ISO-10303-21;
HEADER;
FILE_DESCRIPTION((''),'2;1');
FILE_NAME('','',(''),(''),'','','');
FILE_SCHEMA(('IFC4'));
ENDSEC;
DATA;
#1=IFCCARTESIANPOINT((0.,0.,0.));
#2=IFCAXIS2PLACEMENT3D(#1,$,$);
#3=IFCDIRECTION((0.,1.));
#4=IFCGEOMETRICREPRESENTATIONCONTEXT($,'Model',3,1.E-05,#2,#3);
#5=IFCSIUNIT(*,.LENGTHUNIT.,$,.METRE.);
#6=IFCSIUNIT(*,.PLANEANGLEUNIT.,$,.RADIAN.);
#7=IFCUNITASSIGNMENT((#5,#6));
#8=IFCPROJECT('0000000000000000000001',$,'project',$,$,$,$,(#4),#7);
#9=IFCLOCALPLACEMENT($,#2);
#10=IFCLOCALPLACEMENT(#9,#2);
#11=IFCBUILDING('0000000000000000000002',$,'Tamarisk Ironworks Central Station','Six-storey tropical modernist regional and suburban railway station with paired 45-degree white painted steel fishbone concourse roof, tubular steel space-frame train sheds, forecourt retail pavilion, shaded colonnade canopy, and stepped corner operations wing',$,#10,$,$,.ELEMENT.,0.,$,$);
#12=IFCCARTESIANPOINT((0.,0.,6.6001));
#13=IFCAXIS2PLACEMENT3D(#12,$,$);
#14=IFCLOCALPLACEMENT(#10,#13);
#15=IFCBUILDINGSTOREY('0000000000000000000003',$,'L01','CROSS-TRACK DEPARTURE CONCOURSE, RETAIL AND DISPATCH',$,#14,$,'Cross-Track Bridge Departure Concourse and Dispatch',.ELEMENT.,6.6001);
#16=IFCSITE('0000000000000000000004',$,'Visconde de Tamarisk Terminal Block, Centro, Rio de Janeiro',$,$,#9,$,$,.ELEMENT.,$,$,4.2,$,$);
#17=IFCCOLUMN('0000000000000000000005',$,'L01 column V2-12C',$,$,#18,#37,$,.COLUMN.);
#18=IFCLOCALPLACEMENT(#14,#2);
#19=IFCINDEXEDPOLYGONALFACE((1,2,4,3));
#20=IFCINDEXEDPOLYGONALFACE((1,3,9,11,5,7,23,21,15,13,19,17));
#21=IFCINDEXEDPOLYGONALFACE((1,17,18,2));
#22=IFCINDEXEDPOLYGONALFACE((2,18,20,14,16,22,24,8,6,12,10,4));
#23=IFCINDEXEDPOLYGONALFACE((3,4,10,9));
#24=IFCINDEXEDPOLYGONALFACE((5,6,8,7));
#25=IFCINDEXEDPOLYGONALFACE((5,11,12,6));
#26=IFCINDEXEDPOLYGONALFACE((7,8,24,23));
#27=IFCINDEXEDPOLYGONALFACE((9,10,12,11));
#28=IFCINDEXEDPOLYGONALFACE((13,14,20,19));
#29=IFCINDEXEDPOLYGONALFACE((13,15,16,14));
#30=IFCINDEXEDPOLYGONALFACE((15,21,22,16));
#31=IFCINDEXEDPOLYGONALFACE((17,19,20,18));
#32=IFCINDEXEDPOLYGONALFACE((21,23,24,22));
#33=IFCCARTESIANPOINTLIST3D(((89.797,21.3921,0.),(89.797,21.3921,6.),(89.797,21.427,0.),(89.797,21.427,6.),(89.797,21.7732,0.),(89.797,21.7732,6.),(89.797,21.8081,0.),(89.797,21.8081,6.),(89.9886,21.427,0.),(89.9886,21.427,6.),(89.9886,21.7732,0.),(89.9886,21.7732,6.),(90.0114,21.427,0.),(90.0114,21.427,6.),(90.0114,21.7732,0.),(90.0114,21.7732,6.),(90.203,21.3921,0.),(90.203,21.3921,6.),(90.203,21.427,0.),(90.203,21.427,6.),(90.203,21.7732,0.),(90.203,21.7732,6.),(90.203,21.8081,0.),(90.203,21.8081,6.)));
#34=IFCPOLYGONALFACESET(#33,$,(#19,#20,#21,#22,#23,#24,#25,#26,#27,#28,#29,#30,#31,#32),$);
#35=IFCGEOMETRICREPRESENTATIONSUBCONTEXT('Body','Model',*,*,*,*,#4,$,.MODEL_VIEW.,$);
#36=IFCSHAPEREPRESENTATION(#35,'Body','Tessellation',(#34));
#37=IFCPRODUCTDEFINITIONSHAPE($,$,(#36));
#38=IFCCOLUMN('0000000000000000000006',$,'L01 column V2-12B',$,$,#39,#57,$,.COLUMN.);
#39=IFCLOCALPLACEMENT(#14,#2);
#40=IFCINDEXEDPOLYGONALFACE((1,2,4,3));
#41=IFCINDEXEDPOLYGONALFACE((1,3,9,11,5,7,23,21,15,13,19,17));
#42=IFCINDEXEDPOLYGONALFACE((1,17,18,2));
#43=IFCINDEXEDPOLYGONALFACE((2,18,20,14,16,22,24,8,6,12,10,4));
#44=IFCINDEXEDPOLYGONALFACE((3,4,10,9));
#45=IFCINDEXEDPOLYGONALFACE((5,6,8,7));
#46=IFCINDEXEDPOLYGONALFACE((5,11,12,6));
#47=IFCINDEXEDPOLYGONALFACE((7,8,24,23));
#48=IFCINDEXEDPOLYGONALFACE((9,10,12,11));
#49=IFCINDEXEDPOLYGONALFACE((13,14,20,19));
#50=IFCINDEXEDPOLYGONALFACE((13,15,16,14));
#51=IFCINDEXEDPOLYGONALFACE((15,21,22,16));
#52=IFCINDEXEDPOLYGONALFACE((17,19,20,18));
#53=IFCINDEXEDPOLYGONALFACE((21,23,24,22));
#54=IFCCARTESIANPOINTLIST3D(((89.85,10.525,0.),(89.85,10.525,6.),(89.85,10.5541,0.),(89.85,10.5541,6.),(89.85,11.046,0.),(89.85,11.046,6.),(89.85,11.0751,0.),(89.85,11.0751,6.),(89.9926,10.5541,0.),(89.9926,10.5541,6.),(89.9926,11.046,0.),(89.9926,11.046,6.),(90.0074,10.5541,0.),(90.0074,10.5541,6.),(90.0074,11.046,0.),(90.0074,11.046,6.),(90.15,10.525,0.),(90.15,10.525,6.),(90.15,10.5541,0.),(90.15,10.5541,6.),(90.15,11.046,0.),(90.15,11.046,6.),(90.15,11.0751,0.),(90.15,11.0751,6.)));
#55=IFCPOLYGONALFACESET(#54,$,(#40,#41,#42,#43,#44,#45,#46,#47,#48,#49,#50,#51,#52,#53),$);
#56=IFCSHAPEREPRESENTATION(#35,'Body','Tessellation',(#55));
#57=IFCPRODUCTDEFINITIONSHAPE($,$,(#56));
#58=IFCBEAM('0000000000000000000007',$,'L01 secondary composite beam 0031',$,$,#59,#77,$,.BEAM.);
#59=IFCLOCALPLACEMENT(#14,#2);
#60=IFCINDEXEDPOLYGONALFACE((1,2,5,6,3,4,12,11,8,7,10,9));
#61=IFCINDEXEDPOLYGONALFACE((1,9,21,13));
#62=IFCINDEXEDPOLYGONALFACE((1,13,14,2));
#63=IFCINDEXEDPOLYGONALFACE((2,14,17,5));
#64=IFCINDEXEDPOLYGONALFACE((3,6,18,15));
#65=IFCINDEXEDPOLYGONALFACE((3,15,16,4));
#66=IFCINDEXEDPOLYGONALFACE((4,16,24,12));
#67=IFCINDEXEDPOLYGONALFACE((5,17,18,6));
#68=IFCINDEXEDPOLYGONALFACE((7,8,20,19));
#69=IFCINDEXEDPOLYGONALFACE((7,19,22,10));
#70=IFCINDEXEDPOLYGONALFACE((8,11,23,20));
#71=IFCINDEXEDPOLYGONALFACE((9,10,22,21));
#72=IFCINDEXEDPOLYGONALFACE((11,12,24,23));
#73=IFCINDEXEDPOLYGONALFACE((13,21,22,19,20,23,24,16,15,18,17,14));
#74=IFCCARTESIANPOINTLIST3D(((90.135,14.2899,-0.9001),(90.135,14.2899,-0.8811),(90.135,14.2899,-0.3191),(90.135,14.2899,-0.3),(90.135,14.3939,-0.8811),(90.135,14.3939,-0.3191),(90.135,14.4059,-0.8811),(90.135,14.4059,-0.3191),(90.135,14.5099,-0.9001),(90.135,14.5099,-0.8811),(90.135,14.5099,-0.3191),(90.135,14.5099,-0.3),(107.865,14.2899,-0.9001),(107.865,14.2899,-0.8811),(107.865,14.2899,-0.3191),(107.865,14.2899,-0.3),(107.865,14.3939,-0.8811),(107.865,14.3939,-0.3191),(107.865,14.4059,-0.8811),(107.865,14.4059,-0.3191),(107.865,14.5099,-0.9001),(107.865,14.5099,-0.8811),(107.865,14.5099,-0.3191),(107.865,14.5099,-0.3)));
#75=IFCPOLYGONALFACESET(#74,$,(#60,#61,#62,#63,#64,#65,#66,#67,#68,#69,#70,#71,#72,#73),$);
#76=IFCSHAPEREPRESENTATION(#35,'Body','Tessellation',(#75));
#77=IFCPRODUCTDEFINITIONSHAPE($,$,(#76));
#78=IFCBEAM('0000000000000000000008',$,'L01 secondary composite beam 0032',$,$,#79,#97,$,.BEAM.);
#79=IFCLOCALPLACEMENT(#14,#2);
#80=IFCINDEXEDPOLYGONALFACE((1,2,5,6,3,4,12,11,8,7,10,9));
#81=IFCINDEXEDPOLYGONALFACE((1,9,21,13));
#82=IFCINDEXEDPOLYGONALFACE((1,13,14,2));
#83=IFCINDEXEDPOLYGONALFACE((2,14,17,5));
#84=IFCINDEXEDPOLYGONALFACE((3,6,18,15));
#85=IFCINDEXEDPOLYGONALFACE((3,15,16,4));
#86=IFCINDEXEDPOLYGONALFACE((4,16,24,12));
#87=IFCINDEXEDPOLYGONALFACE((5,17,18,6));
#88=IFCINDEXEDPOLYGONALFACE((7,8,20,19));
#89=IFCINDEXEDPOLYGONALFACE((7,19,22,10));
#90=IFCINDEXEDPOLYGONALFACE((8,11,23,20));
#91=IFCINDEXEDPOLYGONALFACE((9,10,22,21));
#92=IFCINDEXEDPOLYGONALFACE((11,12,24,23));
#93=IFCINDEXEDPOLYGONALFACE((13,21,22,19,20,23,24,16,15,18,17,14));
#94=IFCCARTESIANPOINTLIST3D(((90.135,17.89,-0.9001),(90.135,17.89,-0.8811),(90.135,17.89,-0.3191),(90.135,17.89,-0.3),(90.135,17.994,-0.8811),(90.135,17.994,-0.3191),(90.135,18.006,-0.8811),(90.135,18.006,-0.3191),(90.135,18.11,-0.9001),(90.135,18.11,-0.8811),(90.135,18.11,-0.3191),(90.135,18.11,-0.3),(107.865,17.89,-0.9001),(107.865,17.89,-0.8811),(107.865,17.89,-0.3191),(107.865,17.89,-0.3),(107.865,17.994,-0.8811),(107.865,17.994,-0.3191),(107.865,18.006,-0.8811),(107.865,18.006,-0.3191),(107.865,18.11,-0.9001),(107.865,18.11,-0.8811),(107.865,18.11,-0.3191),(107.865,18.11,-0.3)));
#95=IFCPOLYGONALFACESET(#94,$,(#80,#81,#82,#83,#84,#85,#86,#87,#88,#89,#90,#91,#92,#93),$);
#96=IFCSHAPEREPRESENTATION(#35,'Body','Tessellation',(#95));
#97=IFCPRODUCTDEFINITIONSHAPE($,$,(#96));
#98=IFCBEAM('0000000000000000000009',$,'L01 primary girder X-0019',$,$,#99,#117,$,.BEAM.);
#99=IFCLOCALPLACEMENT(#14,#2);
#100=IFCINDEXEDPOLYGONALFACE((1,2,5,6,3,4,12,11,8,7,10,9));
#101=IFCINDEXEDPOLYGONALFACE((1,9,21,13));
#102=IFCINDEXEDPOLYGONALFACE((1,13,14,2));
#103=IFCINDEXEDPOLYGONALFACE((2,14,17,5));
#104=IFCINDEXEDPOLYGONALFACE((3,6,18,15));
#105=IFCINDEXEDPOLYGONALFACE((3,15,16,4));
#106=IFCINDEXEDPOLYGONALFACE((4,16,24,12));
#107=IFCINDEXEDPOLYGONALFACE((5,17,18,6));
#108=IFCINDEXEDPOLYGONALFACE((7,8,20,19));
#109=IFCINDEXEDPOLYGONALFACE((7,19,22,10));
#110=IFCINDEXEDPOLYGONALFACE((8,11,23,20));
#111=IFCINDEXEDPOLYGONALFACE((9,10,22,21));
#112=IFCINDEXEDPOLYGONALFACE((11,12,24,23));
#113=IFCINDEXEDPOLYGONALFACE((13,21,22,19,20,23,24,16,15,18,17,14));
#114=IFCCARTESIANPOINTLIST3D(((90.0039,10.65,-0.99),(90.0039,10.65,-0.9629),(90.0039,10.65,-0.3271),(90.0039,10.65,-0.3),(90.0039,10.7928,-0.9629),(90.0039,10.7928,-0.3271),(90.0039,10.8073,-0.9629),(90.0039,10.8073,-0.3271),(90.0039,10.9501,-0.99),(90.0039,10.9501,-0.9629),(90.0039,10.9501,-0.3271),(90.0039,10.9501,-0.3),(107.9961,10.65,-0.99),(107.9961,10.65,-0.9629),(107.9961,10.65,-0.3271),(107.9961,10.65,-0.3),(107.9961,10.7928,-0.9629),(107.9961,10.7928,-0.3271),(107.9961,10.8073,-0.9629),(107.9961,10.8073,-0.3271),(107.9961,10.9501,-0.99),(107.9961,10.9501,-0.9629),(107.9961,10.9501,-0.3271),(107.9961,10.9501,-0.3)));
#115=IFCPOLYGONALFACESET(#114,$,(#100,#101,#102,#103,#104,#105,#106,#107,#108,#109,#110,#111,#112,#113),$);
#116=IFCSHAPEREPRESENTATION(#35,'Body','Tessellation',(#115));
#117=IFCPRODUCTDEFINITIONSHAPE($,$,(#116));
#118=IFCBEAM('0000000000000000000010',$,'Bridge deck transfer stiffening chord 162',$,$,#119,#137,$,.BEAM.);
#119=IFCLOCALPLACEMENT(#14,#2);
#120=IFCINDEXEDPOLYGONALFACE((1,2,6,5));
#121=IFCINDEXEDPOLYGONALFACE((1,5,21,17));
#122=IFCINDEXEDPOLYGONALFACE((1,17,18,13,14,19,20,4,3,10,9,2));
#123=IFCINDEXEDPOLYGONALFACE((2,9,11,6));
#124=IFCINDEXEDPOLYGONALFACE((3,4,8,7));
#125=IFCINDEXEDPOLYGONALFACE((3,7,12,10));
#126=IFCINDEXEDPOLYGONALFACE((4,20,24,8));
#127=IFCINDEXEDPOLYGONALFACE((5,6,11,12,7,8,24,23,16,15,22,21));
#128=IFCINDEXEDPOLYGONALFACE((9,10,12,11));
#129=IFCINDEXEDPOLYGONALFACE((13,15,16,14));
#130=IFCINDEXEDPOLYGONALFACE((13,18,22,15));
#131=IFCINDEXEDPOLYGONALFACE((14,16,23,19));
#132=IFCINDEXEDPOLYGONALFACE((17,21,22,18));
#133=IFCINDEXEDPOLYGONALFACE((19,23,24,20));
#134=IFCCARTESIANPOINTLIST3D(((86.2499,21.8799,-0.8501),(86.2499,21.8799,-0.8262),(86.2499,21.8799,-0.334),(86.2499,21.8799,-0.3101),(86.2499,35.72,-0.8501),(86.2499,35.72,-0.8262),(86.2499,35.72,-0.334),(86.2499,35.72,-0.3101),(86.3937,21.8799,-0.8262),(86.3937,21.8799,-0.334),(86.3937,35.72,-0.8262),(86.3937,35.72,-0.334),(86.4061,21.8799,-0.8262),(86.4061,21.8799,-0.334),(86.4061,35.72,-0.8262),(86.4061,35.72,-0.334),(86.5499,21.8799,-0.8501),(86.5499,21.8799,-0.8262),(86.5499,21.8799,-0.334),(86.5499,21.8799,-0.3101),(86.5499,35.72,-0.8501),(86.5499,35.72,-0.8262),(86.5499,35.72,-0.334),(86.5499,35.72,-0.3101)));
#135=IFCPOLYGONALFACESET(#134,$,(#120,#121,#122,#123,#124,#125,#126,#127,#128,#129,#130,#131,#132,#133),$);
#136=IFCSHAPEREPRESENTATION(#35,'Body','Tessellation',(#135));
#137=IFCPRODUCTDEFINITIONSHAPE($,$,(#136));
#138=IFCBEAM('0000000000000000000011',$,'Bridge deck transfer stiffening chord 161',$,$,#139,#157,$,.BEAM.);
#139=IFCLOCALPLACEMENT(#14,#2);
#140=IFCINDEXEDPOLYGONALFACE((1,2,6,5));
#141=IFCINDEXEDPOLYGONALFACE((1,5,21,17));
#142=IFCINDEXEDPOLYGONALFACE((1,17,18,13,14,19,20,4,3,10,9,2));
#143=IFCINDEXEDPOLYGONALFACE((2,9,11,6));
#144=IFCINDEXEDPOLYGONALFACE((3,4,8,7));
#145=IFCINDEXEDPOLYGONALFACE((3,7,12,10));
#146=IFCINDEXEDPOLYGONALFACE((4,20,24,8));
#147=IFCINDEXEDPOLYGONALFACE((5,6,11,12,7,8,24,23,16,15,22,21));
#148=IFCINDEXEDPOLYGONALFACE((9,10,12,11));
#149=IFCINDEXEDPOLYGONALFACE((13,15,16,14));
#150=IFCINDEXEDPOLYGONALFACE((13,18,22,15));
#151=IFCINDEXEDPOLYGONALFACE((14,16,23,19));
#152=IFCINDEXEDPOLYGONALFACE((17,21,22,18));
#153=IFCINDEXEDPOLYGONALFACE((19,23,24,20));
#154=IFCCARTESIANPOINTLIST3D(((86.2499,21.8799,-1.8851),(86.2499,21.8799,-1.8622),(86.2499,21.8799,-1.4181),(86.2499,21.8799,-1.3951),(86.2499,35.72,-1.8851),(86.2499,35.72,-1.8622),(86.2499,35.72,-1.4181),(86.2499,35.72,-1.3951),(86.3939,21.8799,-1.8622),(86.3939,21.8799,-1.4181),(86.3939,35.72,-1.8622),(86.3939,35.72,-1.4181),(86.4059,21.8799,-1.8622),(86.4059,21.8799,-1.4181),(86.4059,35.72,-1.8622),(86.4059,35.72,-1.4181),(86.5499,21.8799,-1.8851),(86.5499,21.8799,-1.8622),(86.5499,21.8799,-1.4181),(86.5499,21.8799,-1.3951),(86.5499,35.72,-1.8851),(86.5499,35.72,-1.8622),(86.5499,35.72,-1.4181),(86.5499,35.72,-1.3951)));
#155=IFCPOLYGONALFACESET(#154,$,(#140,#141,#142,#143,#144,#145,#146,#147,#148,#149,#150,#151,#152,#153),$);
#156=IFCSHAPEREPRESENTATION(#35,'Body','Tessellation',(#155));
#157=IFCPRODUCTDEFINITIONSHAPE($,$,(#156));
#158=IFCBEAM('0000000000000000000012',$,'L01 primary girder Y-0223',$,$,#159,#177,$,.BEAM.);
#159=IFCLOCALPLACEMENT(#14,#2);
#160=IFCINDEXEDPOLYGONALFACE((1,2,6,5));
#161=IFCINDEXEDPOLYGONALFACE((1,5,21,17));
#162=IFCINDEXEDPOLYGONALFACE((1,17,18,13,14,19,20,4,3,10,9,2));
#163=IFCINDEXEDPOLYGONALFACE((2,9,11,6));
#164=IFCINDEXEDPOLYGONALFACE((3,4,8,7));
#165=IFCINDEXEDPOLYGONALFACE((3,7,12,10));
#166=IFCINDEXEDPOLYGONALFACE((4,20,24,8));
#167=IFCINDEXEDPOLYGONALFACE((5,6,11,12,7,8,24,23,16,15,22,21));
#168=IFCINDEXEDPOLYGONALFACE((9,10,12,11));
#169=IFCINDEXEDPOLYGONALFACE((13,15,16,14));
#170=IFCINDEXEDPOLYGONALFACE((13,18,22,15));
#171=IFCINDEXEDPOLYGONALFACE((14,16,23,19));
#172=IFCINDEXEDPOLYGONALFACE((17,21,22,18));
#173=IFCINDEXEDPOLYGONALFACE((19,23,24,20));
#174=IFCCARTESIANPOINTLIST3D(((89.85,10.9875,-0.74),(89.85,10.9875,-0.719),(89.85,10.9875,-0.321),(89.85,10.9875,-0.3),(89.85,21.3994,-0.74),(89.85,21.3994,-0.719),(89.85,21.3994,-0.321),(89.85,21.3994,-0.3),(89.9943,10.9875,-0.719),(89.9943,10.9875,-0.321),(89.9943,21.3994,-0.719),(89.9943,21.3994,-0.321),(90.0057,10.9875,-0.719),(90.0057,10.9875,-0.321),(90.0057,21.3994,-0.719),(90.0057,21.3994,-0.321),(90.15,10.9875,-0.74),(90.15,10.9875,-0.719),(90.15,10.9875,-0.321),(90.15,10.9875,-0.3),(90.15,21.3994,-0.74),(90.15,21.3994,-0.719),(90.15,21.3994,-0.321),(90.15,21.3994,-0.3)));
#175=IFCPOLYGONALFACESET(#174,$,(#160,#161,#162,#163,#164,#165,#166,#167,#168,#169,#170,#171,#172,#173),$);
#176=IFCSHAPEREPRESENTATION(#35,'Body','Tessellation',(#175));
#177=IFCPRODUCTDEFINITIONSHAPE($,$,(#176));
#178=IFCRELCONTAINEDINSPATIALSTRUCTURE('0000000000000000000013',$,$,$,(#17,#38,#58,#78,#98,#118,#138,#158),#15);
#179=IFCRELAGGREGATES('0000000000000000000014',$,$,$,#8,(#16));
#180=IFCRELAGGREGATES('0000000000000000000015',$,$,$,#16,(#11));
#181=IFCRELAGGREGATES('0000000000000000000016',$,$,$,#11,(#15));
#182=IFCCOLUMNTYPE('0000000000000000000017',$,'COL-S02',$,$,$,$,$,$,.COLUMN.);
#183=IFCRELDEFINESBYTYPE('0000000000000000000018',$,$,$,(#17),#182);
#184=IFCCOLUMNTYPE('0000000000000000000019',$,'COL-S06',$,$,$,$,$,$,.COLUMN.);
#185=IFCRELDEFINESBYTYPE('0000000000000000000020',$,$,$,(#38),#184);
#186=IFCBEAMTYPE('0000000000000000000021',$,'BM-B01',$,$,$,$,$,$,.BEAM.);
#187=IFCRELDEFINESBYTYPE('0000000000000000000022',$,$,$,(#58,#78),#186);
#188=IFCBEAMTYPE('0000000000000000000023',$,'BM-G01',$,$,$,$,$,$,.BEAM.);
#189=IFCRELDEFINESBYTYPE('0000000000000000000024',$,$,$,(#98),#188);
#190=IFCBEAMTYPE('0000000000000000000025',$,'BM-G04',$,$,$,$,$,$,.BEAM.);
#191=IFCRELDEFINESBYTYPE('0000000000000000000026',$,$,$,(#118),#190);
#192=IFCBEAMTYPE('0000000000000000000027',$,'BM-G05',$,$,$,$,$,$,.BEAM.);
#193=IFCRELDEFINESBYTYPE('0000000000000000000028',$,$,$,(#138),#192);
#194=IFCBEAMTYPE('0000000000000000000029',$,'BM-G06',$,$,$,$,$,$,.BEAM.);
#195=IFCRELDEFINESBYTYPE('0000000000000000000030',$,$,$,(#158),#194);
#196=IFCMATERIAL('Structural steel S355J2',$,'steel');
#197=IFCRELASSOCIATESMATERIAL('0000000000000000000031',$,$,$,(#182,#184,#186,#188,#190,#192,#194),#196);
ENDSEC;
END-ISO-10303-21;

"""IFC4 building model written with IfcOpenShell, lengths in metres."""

from ifc_helpers import new_model, si_unit, direction, frame, origin, origin_2d, place, context, subcontext, project, spatial, i_section, extrude, material, material_profile, profile_set, type_object, element, save


model = new_model("IFC4")

# Units and contexts
model_context = context("Model", 3, precision=1e-05, world=origin(), true_north=direction((0.0, 1.0)))
body_context = subcontext(model_context, "Body", "Model", "MODEL_VIEW")
ifc_project = project(units=[si_unit("LENGTHUNIT", "METRE"), si_unit("PLANEANGLEUNIT", "RADIAN")], contexts=[model_context])

# Site, building, storey
site_placement = place(None, origin())
site = spatial("IfcSite", under=ifc_project, at=site_placement, Name="Visconde de Tamarisk Terminal Block, Centro, Rio de Janeiro", CompositionType="ELEMENT", RefElevation=4.2)
building_placement = place(site_placement, origin())
building = spatial("IfcBuilding", under=site, at=building_placement, Name="Tamarisk Ironworks Central Station", Description="Six-storey tropical modernist regional and suburban railway station with paired 45-degree white painted steel fishbone concourse roof, tubular steel space-frame train sheds, forecourt retail pavilion, shaded colonnade canopy, and stepped corner operations wing", CompositionType="ELEMENT", ElevationOfRefHeight=0.0)
storey_placement = place(building_placement, frame((0.0, 0.0, 6.6001)))
storey = spatial("IfcBuildingStorey", under=building, at=storey_placement, Name="L01", Description="CROSS-TRACK DEPARTURE CONCOURSE, RETAIL AND DISPATCH", LongName="Cross-Track Bridge Departure Concourse and Dispatch", CompositionType="ELEMENT", Elevation=6.6001)

# Columns
ifc_material_1 = material(Name="Structural steel S355J2", Category="steel")
ifc_material_profile_1 = material_profile(ifc_material_1, i_section(OverallWidth=0.406, OverallDepth=0.416, WebThickness=0.0227, FlangeThickness=0.0349, at=origin_2d()), Name="HD 400x382")
ifc_profile_set_1 = profile_set([ifc_material_profile_1], Name="Structural steel S355J2")
column_type_1 = type_object("IfcColumnType", Name="COL-S02", PredefinedType="COLUMN", material=ifc_profile_set_1)
column_1_placement = place(storey_placement, frame((90.0, 21.6001, 0.0), z_axis=(0.0, 0.0, 1.0), x_axis=(1.0, 0.0, 0.0)))
element("IfcColumn", 1, at=column_1_placement, inside=storey, type_object=column_type_1, Name="L01 column V2-12C", PredefinedType="COLUMN", context=body_context, shape_type="SweptSolid", body=[
    extrude(i_section(OverallWidth=0.406, OverallDepth=0.416, WebThickness=0.0227, FlangeThickness=0.0349, at=origin_2d()), origin(), (0.0, 0.0, 1.0), 6.0),
])
ifc_material_profile_2 = material_profile(ifc_material_1, i_section(OverallWidth=0.3, OverallDepth=0.55, WebThickness=0.0149, FlangeThickness=0.0291, at=origin_2d()), Name="HEB 550")
ifc_profile_set_2 = profile_set([ifc_material_profile_2], Name="Structural steel S355J2")
column_type_2 = type_object("IfcColumnType", Name="COL-S06", PredefinedType="COLUMN", material=ifc_profile_set_2)
column_2_placement = place(storey_placement, frame((90.0, 10.8, 0.0), z_axis=(0.0, 0.0, 1.0), x_axis=(1.0, 0.0, 0.0)))
element("IfcColumn", 2, at=column_2_placement, inside=storey, type_object=column_type_2, Name="L01 column V2-12B", PredefinedType="COLUMN", context=body_context, shape_type="SweptSolid", body=[
    extrude(i_section(OverallWidth=0.3, OverallDepth=0.55, WebThickness=0.0149, FlangeThickness=0.0291, at=origin_2d()), origin(), (0.0, 0.0, 1.0), 6.0),
])

# Beams
ifc_material_profile_3 = material_profile(ifc_material_1, i_section(OverallWidth=0.22, OverallDepth=0.6001, WebThickness=0.012, FlangeThickness=0.019, at=origin_2d()), Name="IPE 600")
ifc_profile_set_3 = profile_set([ifc_material_profile_3], Name="Structural steel S355J2")
beam_type_1 = type_object("IfcBeamType", Name="BM-B01", PredefinedType="BEAM", material=ifc_profile_set_3)
for number, where, z_axis, x_axis, name in (
    (3, (90.135, 14.3999, -0.6001), (1.0, 0.0, 0.0), (0.0, 1.0, 0.0), "L01 secondary composite beam 0031"),
    (4, (90.135, 18.0, -0.6001), (1.0, 0.0, 0.0), (0.0, 1.0, 0.0), "L01 secondary composite beam 0032"),
):
    element("IfcBeam", number, at=place(storey_placement, frame(where, z_axis=z_axis, x_axis=x_axis)), inside=storey, type_object=beam_type_1, Name=name, PredefinedType="BEAM", context=body_context, shape_type="SweptSolid", body=[
        extrude(i_section(OverallWidth=0.22, OverallDepth=0.6001, WebThickness=0.012, FlangeThickness=0.019, at=origin_2d()), origin(), (0.0, 0.0, 1.0), 17.73),
    ])
ifc_material_profile_4 = material_profile(ifc_material_1, i_section(OverallWidth=0.3, OverallDepth=0.6899, WebThickness=0.0144, FlangeThickness=0.0271, at=origin_2d()), Name="HEA 700")
ifc_profile_set_4 = profile_set([ifc_material_profile_4], Name="Structural steel S355J2")
beam_type_2 = type_object("IfcBeamType", Name="BM-G01", PredefinedType="BEAM", material=ifc_profile_set_4)
beam_1_placement = place(storey_placement, frame((90.0039, 10.8, -0.645), z_axis=(1.0, 0.0, 0.0), x_axis=(0.0, 1.0, 0.0)))
element("IfcBeam", 5, at=beam_1_placement, inside=storey, type_object=beam_type_2, Name="L01 primary girder X-0019", PredefinedType="BEAM", context=body_context, shape_type="SweptSolid", body=[
    extrude(i_section(OverallWidth=0.3, OverallDepth=0.6899, WebThickness=0.0144, FlangeThickness=0.0271, at=origin_2d()), origin(), (0.0, 0.0, 1.0), 17.9922),
])
ifc_material_profile_5 = material_profile(ifc_material_1, i_section(OverallWidth=0.3, OverallDepth=0.54, WebThickness=0.0125, FlangeThickness=0.0239, at=origin_2d()), Name="HEA 550")
ifc_profile_set_5 = profile_set([ifc_material_profile_5], Name="Structural steel S355J2")
beam_type_3 = type_object("IfcBeamType", Name="BM-G04", PredefinedType="BEAM", material=ifc_profile_set_5)
beam_2_placement = place(storey_placement, frame((86.3999, 21.8799, -0.5801), z_axis=(0.0, 1.0, 0.0), x_axis=(-1.0, 0.0, 0.0)))
element("IfcBeam", 6, at=beam_2_placement, inside=storey, type_object=beam_type_3, Name="Bridge deck transfer stiffening chord 162", PredefinedType="BEAM", context=body_context, shape_type="SweptSolid", body=[
    extrude(i_section(OverallWidth=0.3, OverallDepth=0.54, WebThickness=0.0125, FlangeThickness=0.0239, at=origin_2d()), origin(), (0.0, 0.0, 1.0), 13.8401),
])
ifc_material_profile_6 = material_profile(ifc_material_1, i_section(OverallWidth=0.3, OverallDepth=0.49, WebThickness=0.012, FlangeThickness=0.0229, at=origin_2d()), Name="HEA 500")
ifc_profile_set_6 = profile_set([ifc_material_profile_6], Name="Structural steel S355J2")
beam_type_4 = type_object("IfcBeamType", Name="BM-G05", PredefinedType="BEAM", material=ifc_profile_set_6)
beam_3_placement = place(storey_placement, frame((86.3999, 21.8799, -1.6401), z_axis=(0.0, 1.0, 0.0), x_axis=(-1.0, 0.0, 0.0)))
element("IfcBeam", 7, at=beam_3_placement, inside=storey, type_object=beam_type_4, Name="Bridge deck transfer stiffening chord 161", PredefinedType="BEAM", context=body_context, shape_type="SweptSolid", body=[
    extrude(i_section(OverallWidth=0.3, OverallDepth=0.49, WebThickness=0.012, FlangeThickness=0.0229, at=origin_2d()), origin(), (0.0, 0.0, 1.0), 13.8401),
])
ifc_material_profile_7 = material_profile(ifc_material_1, i_section(OverallWidth=0.3, OverallDepth=0.4399, WebThickness=0.0115, FlangeThickness=0.021, at=origin_2d()), Name="HEA 450")
ifc_profile_set_7 = profile_set([ifc_material_profile_7], Name="Structural steel S355J2")
beam_type_5 = type_object("IfcBeamType", Name="BM-G06", PredefinedType="BEAM", material=ifc_profile_set_7)
beam_4_placement = place(storey_placement, frame((90.0, 10.9875, -0.52), z_axis=(0.0, 1.0, 0.0), x_axis=(-1.0, 0.0, 0.0)))
element("IfcBeam", 8, at=beam_4_placement, inside=storey, type_object=beam_type_5, Name="L01 primary girder Y-0223", PredefinedType="BEAM", context=body_context, shape_type="SweptSolid", body=[
    extrude(i_section(OverallWidth=0.3, OverallDepth=0.4399, WebThickness=0.0115, FlangeThickness=0.021, at=origin_2d()), origin(), (0.0, 0.0, 1.0), 10.4119),
])

save(model, "model.ifc")
